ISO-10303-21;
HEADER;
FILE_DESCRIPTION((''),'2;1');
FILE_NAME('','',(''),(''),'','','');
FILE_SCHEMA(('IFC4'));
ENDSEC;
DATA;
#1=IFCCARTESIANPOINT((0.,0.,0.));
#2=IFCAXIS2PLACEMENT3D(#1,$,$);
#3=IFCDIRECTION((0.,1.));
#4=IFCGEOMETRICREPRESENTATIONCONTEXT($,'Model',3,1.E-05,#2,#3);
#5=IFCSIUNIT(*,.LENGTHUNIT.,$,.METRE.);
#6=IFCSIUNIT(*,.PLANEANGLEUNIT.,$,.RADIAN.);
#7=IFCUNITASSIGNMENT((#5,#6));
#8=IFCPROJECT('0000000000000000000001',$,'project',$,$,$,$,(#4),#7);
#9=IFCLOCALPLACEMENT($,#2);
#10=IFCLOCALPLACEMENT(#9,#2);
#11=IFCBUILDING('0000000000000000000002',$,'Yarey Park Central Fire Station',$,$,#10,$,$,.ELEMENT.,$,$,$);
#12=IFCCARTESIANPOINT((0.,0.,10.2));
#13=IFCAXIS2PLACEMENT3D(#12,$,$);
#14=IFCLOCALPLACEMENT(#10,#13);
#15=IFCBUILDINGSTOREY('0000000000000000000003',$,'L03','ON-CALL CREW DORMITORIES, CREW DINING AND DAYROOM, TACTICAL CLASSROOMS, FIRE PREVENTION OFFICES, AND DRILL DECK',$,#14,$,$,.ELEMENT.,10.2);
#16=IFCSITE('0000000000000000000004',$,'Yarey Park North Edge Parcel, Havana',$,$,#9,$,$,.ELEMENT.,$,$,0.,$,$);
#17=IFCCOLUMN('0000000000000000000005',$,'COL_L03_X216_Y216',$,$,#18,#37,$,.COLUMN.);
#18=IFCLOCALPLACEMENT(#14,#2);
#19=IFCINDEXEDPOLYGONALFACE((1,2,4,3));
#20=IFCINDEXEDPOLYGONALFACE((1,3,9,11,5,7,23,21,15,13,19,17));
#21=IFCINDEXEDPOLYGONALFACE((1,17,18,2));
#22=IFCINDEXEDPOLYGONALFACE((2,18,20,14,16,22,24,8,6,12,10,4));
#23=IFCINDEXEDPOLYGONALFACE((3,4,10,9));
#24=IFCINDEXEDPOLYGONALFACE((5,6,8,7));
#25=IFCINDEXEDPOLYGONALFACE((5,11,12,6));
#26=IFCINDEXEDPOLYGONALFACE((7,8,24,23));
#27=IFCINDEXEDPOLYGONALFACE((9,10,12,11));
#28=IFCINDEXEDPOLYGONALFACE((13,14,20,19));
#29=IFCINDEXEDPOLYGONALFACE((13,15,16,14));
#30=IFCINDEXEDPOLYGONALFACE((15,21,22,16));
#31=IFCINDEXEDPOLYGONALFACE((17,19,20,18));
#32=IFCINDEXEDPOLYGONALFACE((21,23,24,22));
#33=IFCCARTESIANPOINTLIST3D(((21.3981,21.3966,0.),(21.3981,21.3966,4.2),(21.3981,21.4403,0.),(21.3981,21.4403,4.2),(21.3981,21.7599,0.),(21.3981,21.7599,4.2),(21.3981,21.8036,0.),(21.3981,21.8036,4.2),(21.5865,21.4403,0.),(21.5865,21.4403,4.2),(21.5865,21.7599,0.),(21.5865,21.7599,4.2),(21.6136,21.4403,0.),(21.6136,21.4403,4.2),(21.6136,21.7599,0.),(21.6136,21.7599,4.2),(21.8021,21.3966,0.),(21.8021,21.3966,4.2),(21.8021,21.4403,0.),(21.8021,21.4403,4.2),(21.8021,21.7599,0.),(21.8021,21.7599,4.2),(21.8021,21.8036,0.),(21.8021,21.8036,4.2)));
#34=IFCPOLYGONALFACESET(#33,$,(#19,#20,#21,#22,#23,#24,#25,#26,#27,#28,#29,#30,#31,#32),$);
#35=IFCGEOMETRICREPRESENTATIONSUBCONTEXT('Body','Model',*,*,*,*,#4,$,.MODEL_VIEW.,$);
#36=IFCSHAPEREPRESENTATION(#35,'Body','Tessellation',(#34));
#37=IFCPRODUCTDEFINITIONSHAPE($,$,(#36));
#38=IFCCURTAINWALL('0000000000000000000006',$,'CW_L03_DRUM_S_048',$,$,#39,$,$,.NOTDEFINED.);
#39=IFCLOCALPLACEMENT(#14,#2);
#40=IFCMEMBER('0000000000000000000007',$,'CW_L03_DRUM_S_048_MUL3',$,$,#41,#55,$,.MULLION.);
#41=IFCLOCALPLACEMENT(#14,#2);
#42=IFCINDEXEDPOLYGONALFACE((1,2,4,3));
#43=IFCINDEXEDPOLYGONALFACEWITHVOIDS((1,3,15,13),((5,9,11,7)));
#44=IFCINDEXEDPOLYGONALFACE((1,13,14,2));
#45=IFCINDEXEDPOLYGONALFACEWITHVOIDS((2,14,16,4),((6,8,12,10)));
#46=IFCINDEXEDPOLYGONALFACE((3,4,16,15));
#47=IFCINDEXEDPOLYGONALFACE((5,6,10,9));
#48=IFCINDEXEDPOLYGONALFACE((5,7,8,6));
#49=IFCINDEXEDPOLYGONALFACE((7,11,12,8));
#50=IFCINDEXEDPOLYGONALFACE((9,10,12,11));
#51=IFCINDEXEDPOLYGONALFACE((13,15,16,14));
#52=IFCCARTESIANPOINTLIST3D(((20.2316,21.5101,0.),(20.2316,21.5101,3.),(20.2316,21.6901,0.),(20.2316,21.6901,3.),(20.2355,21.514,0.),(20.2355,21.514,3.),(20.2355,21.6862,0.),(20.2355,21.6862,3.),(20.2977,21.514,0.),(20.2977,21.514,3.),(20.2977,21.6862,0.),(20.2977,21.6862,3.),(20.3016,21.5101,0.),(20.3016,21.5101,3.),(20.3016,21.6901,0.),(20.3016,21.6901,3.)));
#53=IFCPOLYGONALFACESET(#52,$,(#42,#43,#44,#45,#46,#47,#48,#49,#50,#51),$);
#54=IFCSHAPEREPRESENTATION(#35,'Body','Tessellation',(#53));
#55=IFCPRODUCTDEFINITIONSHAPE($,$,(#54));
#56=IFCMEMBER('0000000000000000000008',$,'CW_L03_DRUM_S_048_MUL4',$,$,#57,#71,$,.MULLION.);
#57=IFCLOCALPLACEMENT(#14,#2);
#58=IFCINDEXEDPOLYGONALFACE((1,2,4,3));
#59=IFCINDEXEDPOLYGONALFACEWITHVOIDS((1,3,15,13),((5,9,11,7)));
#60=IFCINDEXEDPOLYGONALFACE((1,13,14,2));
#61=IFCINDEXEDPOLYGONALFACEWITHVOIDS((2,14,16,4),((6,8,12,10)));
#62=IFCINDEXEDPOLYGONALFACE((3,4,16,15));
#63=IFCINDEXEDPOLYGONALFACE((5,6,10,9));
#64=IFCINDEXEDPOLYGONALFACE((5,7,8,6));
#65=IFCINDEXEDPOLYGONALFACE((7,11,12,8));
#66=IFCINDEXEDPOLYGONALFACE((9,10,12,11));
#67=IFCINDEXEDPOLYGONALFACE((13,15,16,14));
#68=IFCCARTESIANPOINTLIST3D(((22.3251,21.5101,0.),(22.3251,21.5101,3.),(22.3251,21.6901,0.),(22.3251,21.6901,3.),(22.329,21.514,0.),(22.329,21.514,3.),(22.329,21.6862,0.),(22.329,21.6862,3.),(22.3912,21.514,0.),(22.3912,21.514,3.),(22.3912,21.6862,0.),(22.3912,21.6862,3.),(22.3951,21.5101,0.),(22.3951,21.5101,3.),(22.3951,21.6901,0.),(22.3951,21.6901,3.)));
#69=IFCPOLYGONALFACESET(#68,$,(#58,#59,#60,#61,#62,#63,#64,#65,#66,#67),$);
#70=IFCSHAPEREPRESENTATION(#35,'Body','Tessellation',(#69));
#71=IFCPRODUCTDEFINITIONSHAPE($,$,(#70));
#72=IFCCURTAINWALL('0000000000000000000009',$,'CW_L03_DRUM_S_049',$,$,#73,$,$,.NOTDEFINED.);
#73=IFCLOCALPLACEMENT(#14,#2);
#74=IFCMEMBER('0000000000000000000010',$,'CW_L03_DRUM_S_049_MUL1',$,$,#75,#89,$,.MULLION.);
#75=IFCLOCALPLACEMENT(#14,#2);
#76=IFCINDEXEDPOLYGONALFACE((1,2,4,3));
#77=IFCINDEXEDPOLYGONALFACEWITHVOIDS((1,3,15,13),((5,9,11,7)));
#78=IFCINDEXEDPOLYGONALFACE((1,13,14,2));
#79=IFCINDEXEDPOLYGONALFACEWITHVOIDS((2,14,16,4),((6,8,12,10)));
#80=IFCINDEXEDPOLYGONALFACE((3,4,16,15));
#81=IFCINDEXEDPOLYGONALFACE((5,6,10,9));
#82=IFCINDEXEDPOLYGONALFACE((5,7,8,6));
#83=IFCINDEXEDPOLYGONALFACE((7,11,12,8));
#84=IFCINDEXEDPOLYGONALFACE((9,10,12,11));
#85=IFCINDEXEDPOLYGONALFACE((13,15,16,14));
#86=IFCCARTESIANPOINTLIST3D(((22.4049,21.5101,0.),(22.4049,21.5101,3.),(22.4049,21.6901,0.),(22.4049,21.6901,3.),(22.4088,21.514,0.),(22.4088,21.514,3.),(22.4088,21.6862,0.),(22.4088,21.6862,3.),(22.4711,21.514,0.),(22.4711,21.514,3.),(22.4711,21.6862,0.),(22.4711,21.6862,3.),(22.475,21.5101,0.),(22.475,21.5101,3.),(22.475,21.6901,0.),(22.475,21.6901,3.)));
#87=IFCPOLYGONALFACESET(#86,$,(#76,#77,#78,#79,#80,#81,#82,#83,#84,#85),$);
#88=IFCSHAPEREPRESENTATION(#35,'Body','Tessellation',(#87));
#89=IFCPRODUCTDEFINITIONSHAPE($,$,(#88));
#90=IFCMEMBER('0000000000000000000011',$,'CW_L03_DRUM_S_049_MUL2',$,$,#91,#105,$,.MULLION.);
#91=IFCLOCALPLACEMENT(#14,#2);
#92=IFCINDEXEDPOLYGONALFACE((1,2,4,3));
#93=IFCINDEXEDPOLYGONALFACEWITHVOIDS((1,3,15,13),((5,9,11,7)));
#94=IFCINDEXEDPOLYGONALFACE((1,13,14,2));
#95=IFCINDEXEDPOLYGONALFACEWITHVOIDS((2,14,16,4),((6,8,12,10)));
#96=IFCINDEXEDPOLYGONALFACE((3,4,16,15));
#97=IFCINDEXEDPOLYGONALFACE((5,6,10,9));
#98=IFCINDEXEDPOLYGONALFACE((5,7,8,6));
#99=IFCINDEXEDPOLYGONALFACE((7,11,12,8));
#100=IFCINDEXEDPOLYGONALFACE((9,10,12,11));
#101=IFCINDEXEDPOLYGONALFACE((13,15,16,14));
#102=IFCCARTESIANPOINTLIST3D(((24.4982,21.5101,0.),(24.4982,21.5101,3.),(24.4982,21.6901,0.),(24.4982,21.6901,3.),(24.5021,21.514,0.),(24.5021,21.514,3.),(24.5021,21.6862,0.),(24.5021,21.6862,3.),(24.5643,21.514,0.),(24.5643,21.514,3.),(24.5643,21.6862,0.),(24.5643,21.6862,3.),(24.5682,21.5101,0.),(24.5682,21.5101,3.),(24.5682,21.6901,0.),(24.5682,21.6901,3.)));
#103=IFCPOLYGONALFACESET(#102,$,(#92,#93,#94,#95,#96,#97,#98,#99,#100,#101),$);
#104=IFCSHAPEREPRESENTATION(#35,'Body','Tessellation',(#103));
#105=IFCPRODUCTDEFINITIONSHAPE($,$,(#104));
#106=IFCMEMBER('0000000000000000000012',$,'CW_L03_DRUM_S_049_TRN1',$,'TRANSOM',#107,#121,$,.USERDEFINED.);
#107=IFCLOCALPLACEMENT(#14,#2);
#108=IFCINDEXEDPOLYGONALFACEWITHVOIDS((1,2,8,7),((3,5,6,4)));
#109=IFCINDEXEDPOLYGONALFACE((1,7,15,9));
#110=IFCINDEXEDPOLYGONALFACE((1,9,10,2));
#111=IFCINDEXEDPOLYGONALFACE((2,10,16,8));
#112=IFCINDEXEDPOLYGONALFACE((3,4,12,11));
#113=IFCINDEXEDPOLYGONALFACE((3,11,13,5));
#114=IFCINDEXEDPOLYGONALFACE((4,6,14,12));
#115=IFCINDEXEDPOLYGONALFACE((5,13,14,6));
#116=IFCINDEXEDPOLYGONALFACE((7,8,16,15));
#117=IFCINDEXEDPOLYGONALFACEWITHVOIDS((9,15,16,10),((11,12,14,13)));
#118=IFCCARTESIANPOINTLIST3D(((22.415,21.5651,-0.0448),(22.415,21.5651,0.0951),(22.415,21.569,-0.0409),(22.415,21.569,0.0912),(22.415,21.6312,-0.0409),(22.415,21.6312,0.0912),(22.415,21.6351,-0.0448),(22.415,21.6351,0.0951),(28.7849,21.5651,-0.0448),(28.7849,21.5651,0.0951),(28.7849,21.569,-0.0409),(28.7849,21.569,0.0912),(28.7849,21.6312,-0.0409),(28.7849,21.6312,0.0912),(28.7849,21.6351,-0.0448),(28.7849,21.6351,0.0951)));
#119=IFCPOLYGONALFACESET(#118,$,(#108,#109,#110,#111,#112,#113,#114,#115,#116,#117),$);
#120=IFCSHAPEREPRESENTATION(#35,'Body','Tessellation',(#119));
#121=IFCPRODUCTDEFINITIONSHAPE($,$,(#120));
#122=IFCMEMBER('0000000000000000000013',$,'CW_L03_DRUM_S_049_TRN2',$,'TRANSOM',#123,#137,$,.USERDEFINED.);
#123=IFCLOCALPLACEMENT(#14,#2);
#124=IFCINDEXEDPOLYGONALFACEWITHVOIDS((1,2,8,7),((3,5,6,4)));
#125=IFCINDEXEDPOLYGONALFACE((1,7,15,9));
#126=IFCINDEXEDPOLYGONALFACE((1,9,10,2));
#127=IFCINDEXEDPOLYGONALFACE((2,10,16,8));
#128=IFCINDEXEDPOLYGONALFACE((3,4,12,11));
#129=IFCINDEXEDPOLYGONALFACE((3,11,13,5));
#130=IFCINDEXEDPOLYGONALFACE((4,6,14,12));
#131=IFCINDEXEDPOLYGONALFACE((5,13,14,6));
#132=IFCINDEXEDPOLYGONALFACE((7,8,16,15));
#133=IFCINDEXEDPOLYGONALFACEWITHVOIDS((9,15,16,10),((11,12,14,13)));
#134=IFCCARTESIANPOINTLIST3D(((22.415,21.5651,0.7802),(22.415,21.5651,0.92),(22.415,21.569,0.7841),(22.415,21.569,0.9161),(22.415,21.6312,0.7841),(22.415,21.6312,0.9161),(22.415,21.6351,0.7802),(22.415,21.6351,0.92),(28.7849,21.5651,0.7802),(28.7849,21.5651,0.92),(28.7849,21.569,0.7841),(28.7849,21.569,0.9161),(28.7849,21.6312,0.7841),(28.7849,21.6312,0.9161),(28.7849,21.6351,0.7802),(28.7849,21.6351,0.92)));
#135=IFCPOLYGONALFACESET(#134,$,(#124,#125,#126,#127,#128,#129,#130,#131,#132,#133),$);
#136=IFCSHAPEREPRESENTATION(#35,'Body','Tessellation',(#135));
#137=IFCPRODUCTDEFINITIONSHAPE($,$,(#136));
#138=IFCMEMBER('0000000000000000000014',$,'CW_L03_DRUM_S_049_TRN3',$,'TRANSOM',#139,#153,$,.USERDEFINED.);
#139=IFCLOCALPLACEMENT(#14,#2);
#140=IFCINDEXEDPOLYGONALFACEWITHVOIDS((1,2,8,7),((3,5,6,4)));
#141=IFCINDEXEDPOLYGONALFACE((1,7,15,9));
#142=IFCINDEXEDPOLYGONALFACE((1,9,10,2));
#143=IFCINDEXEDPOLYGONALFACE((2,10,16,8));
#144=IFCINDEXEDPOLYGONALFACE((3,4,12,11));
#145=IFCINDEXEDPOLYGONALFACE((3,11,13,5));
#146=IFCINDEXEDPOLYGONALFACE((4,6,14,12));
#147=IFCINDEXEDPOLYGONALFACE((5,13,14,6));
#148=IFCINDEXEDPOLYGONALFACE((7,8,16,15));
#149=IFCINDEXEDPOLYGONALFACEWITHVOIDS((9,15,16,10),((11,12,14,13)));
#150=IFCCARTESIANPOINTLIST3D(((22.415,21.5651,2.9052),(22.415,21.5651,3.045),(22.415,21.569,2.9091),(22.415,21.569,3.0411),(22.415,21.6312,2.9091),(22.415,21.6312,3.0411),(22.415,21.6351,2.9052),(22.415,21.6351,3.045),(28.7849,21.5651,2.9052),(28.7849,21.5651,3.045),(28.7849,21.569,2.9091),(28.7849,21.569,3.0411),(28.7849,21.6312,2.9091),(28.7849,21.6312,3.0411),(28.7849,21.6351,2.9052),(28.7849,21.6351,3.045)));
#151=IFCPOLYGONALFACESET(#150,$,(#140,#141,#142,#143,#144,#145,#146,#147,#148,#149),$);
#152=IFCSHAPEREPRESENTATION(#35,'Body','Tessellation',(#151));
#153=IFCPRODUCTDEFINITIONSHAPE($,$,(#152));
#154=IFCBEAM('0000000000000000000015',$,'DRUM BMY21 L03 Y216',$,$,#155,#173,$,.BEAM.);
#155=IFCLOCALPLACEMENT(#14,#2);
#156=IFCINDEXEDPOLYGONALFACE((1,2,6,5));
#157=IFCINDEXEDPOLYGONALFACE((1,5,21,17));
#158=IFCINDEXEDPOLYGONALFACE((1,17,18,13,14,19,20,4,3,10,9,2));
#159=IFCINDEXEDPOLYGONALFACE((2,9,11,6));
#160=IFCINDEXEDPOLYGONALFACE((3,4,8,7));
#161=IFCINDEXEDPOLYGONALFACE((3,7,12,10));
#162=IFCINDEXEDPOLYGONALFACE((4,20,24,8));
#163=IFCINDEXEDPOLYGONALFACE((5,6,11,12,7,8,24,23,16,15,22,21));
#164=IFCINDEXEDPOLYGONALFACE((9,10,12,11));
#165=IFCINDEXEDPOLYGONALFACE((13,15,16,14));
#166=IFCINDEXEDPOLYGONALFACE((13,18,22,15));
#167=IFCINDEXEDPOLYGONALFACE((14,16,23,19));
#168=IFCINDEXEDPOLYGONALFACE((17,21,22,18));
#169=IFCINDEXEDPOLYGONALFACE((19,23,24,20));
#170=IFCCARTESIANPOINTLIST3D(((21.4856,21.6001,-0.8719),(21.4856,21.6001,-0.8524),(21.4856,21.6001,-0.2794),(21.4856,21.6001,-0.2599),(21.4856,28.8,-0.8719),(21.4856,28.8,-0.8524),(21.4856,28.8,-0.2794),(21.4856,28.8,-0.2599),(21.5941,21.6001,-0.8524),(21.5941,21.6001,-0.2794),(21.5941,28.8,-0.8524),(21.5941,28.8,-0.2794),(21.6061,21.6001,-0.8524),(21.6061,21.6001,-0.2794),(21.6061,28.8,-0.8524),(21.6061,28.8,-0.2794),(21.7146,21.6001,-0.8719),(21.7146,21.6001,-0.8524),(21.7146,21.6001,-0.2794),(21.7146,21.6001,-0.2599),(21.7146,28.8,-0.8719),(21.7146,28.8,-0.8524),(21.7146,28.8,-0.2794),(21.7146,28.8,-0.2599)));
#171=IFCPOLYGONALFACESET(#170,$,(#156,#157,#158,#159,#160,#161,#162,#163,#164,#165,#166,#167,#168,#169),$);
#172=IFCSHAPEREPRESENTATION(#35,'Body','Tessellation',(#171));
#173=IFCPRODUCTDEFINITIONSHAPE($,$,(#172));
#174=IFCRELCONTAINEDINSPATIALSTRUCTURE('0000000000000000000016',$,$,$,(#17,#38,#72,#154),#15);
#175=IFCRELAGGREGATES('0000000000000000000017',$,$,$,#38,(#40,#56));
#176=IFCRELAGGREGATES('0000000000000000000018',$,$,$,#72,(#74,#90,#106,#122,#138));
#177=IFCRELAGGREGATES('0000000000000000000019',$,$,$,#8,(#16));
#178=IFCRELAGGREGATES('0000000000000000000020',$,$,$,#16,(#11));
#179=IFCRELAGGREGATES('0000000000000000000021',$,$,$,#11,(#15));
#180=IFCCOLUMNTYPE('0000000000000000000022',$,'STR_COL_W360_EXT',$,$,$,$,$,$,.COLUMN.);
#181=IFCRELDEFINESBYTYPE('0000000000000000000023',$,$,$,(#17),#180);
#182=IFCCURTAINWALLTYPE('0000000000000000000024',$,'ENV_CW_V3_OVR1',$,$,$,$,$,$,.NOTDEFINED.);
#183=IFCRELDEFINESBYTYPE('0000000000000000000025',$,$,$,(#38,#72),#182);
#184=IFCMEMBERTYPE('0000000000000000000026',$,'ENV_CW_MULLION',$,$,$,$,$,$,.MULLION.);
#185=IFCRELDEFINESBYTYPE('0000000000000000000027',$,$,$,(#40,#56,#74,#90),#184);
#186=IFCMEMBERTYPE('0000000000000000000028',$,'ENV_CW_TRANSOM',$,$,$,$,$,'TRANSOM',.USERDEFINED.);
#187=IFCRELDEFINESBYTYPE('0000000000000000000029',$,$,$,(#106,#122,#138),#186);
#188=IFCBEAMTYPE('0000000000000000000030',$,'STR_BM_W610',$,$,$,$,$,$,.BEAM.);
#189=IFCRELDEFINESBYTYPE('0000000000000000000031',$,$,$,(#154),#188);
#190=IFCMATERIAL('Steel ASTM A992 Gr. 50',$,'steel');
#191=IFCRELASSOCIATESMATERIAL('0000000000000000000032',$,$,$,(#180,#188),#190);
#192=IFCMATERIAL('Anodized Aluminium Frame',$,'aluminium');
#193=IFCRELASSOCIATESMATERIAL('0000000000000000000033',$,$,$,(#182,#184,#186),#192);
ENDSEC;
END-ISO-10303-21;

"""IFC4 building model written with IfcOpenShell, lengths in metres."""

from ifc_helpers import new_model, si_unit, direction, frame, origin, origin_2d, place, context, subcontext, project, spatial, hollow_rectangle, i_section, extrude, material, material_profile, profile_set, type_object, element, aggregate, save


model = new_model("IFC4")

# Units and contexts
model_context = context("Model", 3, precision=1e-05, world=origin(), true_north=direction((0.0, 1.0)))
body_context = subcontext(model_context, "Body", "Model", "MODEL_VIEW")
ifc_project = project(units=[si_unit("LENGTHUNIT", "METRE"), si_unit("PLANEANGLEUNIT", "RADIAN")], contexts=[model_context])

# Site, building, storey
site_placement = place(None, origin())
site = spatial("IfcSite", under=ifc_project, at=site_placement, Name="Yarey Park North Edge Parcel, Havana", CompositionType="ELEMENT", RefElevation=0.0)
building_placement = place(site_placement, origin())
building = spatial("IfcBuilding", under=site, at=building_placement, Name="Yarey Park Central Fire Station", CompositionType="ELEMENT")
storey_placement = place(building_placement, frame((0.0, 0.0, 10.2)))
storey = spatial("IfcBuildingStorey", under=building, at=storey_placement, Name="L03", Description="ON-CALL CREW DORMITORIES, CREW DINING AND DAYROOM, TACTICAL CLASSROOMS, FIRE PREVENTION OFFICES, AND DRILL DECK", CompositionType="ELEMENT", Elevation=10.2)

# Column
ifc_material_1 = material(Name="Steel ASTM A992 Gr. 50", Category="steel")
ifc_material_profile_1 = material_profile(ifc_material_1, i_section(OverallWidth=0.4041, OverallDepth=0.407, WebThickness=0.0271, FlangeThickness=0.0437, at=origin_2d()), Name="W360x347")
ifc_profile_set_1 = profile_set([ifc_material_profile_1], Name="Steel ASTM A992 Gr. 50")
column_type = type_object("IfcColumnType", Name="STR_COL_W360_EXT", PredefinedType="COLUMN", material=ifc_profile_set_1)
column_placement = place(storey_placement, frame((21.6001, 21.6001, 0.0), z_axis=(0.0, 0.0, 1.0), x_axis=(1.0, 0.0, 0.0)))
element("IfcColumn", 1, at=column_placement, inside=storey, type_object=column_type, Name="COL_L03_X216_Y216", PredefinedType="COLUMN", context=body_context, shape_type="SweptSolid", body=[
    extrude(i_section(OverallWidth=0.4041, OverallDepth=0.407, WebThickness=0.0271, FlangeThickness=0.0437, at=origin_2d()), origin(), (0.0, 0.0, 1.0), 4.2),
])

# Curtain walls, members
ifc_material_2 = material(Name="Anodized Aluminium Frame", Category="aluminium")
curtain_wall_type = type_object("IfcCurtainWallType", Name="ENV_CW_V3_OVR1", PredefinedType="NOTDEFINED", material=ifc_material_2)
curtain_wall_1_placement = place(storey_placement, origin())
curtain_wall_1 = element("IfcCurtainWall", 2, at=curtain_wall_1_placement, inside=storey, type_object=curtain_wall_type, Name="CW_L03_DRUM_S_048", PredefinedType="NOTDEFINED")
ifc_material_profile_2 = material_profile(ifc_material_2, hollow_rectangle(XDim=0.0701, YDim=0.1799, WallThickness=0.0039, at=origin_2d()), Name="ALU 180x70x4")
ifc_profile_set_2 = profile_set([ifc_material_profile_2], Name="Anodized Aluminium Frame")
member_type_1 = type_object("IfcMemberType", Name="ENV_CW_MULLION", PredefinedType="MULLION", material=ifc_profile_set_2)
member_1_placement = place(storey_placement, frame((20.2666, 21.6001, 0.0), z_axis=(0.0, 0.0, 1.0), x_axis=(1.0, 0.0, 0.0)))
member_1 = element("IfcMember", 3, at=member_1_placement, type_object=member_type_1, Name="CW_L03_DRUM_S_048_MUL3", PredefinedType="MULLION", context=body_context, shape_type="SweptSolid", body=[
    extrude(hollow_rectangle(XDim=0.0701, YDim=0.1799, WallThickness=0.0039, at=origin_2d()), origin(), (0.0, 0.0, 1.0), 3.0),
])
member_2_placement = place(storey_placement, frame((22.3601, 21.6001, 0.0), z_axis=(0.0, 0.0, 1.0), x_axis=(1.0, 0.0, 0.0)))
member_2 = element("IfcMember", 4, at=member_2_placement, type_object=member_type_1, Name="CW_L03_DRUM_S_048_MUL4", PredefinedType="MULLION", context=body_context, shape_type="SweptSolid", body=[
    extrude(hollow_rectangle(XDim=0.0701, YDim=0.1799, WallThickness=0.0039, at=origin_2d()), origin(), (0.0, 0.0, 1.0), 3.0),
])
curtain_wall_2_placement = place(storey_placement, origin())
curtain_wall_2 = element("IfcCurtainWall", 5, at=curtain_wall_2_placement, inside=storey, type_object=curtain_wall_type, Name="CW_L03_DRUM_S_049", PredefinedType="NOTDEFINED")
member_3_placement = place(storey_placement, frame((22.4399, 21.6001, 0.0), z_axis=(0.0, 0.0, 1.0), x_axis=(1.0, 0.0, 0.0)))
member_3 = element("IfcMember", 6, at=member_3_placement, type_object=member_type_1, Name="CW_L03_DRUM_S_049_MUL1", PredefinedType="MULLION", context=body_context, shape_type="SweptSolid", body=[
    extrude(hollow_rectangle(XDim=0.0701, YDim=0.1799, WallThickness=0.0039, at=origin_2d()), origin(), (0.0, 0.0, 1.0), 3.0),
])
member_4_placement = place(storey_placement, frame((24.5332, 21.6001, 0.0), z_axis=(0.0, 0.0, 1.0), x_axis=(1.0, 0.0, 0.0)))
member_4 = element("IfcMember", 7, at=member_4_placement, type_object=member_type_1, Name="CW_L03_DRUM_S_049_MUL2", PredefinedType="MULLION", context=body_context, shape_type="SweptSolid", body=[
    extrude(hollow_rectangle(XDim=0.0701, YDim=0.1799, WallThickness=0.0039, at=origin_2d()), origin(), (0.0, 0.0, 1.0), 3.0),
])
ifc_material_profile_3 = material_profile(ifc_material_2, hollow_rectangle(XDim=0.0701, YDim=0.1399, WallThickness=0.0039, at=origin_2d()), Name="ALU 140x70x4")
ifc_profile_set_3 = profile_set([ifc_material_profile_3], Name="Anodized Aluminium Frame")
member_type_2 = type_object("IfcMemberType", Name="ENV_CW_TRANSOM", ElementType="TRANSOM", PredefinedType="USERDEFINED", material=ifc_profile_set_3)
member_5_placement = place(storey_placement, frame((22.415, 21.6001, 0.0251), z_axis=(1.0, 0.0, 0.0), x_axis=(0.0, 1.0, 0.0)))
member_5 = element("IfcMember", 8, at=member_5_placement, type_object=member_type_2, Name="CW_L03_DRUM_S_049_TRN1", ObjectType="TRANSOM", PredefinedType="USERDEFINED", context=body_context, shape_type="SweptSolid", body=[
    extrude(hollow_rectangle(XDim=0.0701, YDim=0.1399, WallThickness=0.0039, at=origin_2d()), origin(), (0.0, 0.0, 1.0), 6.3699),
])
member_6_placement = place(storey_placement, frame((22.415, 21.6001, 0.8501), z_axis=(1.0, 0.0, 0.0), x_axis=(0.0, 1.0, 0.0)))
member_6 = element("IfcMember", 9, at=member_6_placement, type_object=member_type_2, Name="CW_L03_DRUM_S_049_TRN2", ObjectType="TRANSOM", PredefinedType="USERDEFINED", context=body_context, shape_type="SweptSolid", body=[
    extrude(hollow_rectangle(XDim=0.0701, YDim=0.1399, WallThickness=0.0039, at=origin_2d()), origin(), (0.0, 0.0, 1.0), 6.3699),
])
member_7_placement = place(storey_placement, frame((22.415, 21.6001, 2.9751), z_axis=(1.0, 0.0, 0.0), x_axis=(0.0, 1.0, 0.0)))
member_7 = element("IfcMember", 10, at=member_7_placement, type_object=member_type_2, Name="CW_L03_DRUM_S_049_TRN3", ObjectType="TRANSOM", PredefinedType="USERDEFINED", context=body_context, shape_type="SweptSolid", body=[
    extrude(hollow_rectangle(XDim=0.0701, YDim=0.1399, WallThickness=0.0039, at=origin_2d()), origin(), (0.0, 0.0, 1.0), 6.3699),
])

# Beam
ifc_material_profile_4 = material_profile(ifc_material_1, i_section(OverallWidth=0.229, OverallDepth=0.6121, WebThickness=0.012, FlangeThickness=0.0195, at=origin_2d()), Name="W610x125")
ifc_profile_set_4 = profile_set([ifc_material_profile_4], Name="Steel ASTM A992 Gr. 50")
beam_type_1 = type_object("IfcBeamType", Name="STR_BM_W610", PredefinedType="BEAM", material=ifc_profile_set_4)
beam_1_placement = place(storey_placement, frame((21.6001, 21.6001, -0.5659), z_axis=(0.0, 1.0, 0.0), x_axis=(-1.0, 0.0, 0.0)))
element("IfcBeam", 11, at=beam_1_placement, inside=storey, type_object=beam_type_1, Name="DRUM BMY21 L03 Y216", PredefinedType="BEAM", context=body_context, shape_type="SweptSolid", body=[
    extrude(i_section(OverallWidth=0.229, OverallDepth=0.6121, WebThickness=0.012, FlangeThickness=0.0195, at=origin_2d()), origin(), (0.0, 0.0, 1.0), 7.2),
])

aggregate(curtain_wall_1, [member_1, member_2])
aggregate(curtain_wall_2, [member_3, member_4, member_5, member_6, member_7])

save(model, "model.ifc")
